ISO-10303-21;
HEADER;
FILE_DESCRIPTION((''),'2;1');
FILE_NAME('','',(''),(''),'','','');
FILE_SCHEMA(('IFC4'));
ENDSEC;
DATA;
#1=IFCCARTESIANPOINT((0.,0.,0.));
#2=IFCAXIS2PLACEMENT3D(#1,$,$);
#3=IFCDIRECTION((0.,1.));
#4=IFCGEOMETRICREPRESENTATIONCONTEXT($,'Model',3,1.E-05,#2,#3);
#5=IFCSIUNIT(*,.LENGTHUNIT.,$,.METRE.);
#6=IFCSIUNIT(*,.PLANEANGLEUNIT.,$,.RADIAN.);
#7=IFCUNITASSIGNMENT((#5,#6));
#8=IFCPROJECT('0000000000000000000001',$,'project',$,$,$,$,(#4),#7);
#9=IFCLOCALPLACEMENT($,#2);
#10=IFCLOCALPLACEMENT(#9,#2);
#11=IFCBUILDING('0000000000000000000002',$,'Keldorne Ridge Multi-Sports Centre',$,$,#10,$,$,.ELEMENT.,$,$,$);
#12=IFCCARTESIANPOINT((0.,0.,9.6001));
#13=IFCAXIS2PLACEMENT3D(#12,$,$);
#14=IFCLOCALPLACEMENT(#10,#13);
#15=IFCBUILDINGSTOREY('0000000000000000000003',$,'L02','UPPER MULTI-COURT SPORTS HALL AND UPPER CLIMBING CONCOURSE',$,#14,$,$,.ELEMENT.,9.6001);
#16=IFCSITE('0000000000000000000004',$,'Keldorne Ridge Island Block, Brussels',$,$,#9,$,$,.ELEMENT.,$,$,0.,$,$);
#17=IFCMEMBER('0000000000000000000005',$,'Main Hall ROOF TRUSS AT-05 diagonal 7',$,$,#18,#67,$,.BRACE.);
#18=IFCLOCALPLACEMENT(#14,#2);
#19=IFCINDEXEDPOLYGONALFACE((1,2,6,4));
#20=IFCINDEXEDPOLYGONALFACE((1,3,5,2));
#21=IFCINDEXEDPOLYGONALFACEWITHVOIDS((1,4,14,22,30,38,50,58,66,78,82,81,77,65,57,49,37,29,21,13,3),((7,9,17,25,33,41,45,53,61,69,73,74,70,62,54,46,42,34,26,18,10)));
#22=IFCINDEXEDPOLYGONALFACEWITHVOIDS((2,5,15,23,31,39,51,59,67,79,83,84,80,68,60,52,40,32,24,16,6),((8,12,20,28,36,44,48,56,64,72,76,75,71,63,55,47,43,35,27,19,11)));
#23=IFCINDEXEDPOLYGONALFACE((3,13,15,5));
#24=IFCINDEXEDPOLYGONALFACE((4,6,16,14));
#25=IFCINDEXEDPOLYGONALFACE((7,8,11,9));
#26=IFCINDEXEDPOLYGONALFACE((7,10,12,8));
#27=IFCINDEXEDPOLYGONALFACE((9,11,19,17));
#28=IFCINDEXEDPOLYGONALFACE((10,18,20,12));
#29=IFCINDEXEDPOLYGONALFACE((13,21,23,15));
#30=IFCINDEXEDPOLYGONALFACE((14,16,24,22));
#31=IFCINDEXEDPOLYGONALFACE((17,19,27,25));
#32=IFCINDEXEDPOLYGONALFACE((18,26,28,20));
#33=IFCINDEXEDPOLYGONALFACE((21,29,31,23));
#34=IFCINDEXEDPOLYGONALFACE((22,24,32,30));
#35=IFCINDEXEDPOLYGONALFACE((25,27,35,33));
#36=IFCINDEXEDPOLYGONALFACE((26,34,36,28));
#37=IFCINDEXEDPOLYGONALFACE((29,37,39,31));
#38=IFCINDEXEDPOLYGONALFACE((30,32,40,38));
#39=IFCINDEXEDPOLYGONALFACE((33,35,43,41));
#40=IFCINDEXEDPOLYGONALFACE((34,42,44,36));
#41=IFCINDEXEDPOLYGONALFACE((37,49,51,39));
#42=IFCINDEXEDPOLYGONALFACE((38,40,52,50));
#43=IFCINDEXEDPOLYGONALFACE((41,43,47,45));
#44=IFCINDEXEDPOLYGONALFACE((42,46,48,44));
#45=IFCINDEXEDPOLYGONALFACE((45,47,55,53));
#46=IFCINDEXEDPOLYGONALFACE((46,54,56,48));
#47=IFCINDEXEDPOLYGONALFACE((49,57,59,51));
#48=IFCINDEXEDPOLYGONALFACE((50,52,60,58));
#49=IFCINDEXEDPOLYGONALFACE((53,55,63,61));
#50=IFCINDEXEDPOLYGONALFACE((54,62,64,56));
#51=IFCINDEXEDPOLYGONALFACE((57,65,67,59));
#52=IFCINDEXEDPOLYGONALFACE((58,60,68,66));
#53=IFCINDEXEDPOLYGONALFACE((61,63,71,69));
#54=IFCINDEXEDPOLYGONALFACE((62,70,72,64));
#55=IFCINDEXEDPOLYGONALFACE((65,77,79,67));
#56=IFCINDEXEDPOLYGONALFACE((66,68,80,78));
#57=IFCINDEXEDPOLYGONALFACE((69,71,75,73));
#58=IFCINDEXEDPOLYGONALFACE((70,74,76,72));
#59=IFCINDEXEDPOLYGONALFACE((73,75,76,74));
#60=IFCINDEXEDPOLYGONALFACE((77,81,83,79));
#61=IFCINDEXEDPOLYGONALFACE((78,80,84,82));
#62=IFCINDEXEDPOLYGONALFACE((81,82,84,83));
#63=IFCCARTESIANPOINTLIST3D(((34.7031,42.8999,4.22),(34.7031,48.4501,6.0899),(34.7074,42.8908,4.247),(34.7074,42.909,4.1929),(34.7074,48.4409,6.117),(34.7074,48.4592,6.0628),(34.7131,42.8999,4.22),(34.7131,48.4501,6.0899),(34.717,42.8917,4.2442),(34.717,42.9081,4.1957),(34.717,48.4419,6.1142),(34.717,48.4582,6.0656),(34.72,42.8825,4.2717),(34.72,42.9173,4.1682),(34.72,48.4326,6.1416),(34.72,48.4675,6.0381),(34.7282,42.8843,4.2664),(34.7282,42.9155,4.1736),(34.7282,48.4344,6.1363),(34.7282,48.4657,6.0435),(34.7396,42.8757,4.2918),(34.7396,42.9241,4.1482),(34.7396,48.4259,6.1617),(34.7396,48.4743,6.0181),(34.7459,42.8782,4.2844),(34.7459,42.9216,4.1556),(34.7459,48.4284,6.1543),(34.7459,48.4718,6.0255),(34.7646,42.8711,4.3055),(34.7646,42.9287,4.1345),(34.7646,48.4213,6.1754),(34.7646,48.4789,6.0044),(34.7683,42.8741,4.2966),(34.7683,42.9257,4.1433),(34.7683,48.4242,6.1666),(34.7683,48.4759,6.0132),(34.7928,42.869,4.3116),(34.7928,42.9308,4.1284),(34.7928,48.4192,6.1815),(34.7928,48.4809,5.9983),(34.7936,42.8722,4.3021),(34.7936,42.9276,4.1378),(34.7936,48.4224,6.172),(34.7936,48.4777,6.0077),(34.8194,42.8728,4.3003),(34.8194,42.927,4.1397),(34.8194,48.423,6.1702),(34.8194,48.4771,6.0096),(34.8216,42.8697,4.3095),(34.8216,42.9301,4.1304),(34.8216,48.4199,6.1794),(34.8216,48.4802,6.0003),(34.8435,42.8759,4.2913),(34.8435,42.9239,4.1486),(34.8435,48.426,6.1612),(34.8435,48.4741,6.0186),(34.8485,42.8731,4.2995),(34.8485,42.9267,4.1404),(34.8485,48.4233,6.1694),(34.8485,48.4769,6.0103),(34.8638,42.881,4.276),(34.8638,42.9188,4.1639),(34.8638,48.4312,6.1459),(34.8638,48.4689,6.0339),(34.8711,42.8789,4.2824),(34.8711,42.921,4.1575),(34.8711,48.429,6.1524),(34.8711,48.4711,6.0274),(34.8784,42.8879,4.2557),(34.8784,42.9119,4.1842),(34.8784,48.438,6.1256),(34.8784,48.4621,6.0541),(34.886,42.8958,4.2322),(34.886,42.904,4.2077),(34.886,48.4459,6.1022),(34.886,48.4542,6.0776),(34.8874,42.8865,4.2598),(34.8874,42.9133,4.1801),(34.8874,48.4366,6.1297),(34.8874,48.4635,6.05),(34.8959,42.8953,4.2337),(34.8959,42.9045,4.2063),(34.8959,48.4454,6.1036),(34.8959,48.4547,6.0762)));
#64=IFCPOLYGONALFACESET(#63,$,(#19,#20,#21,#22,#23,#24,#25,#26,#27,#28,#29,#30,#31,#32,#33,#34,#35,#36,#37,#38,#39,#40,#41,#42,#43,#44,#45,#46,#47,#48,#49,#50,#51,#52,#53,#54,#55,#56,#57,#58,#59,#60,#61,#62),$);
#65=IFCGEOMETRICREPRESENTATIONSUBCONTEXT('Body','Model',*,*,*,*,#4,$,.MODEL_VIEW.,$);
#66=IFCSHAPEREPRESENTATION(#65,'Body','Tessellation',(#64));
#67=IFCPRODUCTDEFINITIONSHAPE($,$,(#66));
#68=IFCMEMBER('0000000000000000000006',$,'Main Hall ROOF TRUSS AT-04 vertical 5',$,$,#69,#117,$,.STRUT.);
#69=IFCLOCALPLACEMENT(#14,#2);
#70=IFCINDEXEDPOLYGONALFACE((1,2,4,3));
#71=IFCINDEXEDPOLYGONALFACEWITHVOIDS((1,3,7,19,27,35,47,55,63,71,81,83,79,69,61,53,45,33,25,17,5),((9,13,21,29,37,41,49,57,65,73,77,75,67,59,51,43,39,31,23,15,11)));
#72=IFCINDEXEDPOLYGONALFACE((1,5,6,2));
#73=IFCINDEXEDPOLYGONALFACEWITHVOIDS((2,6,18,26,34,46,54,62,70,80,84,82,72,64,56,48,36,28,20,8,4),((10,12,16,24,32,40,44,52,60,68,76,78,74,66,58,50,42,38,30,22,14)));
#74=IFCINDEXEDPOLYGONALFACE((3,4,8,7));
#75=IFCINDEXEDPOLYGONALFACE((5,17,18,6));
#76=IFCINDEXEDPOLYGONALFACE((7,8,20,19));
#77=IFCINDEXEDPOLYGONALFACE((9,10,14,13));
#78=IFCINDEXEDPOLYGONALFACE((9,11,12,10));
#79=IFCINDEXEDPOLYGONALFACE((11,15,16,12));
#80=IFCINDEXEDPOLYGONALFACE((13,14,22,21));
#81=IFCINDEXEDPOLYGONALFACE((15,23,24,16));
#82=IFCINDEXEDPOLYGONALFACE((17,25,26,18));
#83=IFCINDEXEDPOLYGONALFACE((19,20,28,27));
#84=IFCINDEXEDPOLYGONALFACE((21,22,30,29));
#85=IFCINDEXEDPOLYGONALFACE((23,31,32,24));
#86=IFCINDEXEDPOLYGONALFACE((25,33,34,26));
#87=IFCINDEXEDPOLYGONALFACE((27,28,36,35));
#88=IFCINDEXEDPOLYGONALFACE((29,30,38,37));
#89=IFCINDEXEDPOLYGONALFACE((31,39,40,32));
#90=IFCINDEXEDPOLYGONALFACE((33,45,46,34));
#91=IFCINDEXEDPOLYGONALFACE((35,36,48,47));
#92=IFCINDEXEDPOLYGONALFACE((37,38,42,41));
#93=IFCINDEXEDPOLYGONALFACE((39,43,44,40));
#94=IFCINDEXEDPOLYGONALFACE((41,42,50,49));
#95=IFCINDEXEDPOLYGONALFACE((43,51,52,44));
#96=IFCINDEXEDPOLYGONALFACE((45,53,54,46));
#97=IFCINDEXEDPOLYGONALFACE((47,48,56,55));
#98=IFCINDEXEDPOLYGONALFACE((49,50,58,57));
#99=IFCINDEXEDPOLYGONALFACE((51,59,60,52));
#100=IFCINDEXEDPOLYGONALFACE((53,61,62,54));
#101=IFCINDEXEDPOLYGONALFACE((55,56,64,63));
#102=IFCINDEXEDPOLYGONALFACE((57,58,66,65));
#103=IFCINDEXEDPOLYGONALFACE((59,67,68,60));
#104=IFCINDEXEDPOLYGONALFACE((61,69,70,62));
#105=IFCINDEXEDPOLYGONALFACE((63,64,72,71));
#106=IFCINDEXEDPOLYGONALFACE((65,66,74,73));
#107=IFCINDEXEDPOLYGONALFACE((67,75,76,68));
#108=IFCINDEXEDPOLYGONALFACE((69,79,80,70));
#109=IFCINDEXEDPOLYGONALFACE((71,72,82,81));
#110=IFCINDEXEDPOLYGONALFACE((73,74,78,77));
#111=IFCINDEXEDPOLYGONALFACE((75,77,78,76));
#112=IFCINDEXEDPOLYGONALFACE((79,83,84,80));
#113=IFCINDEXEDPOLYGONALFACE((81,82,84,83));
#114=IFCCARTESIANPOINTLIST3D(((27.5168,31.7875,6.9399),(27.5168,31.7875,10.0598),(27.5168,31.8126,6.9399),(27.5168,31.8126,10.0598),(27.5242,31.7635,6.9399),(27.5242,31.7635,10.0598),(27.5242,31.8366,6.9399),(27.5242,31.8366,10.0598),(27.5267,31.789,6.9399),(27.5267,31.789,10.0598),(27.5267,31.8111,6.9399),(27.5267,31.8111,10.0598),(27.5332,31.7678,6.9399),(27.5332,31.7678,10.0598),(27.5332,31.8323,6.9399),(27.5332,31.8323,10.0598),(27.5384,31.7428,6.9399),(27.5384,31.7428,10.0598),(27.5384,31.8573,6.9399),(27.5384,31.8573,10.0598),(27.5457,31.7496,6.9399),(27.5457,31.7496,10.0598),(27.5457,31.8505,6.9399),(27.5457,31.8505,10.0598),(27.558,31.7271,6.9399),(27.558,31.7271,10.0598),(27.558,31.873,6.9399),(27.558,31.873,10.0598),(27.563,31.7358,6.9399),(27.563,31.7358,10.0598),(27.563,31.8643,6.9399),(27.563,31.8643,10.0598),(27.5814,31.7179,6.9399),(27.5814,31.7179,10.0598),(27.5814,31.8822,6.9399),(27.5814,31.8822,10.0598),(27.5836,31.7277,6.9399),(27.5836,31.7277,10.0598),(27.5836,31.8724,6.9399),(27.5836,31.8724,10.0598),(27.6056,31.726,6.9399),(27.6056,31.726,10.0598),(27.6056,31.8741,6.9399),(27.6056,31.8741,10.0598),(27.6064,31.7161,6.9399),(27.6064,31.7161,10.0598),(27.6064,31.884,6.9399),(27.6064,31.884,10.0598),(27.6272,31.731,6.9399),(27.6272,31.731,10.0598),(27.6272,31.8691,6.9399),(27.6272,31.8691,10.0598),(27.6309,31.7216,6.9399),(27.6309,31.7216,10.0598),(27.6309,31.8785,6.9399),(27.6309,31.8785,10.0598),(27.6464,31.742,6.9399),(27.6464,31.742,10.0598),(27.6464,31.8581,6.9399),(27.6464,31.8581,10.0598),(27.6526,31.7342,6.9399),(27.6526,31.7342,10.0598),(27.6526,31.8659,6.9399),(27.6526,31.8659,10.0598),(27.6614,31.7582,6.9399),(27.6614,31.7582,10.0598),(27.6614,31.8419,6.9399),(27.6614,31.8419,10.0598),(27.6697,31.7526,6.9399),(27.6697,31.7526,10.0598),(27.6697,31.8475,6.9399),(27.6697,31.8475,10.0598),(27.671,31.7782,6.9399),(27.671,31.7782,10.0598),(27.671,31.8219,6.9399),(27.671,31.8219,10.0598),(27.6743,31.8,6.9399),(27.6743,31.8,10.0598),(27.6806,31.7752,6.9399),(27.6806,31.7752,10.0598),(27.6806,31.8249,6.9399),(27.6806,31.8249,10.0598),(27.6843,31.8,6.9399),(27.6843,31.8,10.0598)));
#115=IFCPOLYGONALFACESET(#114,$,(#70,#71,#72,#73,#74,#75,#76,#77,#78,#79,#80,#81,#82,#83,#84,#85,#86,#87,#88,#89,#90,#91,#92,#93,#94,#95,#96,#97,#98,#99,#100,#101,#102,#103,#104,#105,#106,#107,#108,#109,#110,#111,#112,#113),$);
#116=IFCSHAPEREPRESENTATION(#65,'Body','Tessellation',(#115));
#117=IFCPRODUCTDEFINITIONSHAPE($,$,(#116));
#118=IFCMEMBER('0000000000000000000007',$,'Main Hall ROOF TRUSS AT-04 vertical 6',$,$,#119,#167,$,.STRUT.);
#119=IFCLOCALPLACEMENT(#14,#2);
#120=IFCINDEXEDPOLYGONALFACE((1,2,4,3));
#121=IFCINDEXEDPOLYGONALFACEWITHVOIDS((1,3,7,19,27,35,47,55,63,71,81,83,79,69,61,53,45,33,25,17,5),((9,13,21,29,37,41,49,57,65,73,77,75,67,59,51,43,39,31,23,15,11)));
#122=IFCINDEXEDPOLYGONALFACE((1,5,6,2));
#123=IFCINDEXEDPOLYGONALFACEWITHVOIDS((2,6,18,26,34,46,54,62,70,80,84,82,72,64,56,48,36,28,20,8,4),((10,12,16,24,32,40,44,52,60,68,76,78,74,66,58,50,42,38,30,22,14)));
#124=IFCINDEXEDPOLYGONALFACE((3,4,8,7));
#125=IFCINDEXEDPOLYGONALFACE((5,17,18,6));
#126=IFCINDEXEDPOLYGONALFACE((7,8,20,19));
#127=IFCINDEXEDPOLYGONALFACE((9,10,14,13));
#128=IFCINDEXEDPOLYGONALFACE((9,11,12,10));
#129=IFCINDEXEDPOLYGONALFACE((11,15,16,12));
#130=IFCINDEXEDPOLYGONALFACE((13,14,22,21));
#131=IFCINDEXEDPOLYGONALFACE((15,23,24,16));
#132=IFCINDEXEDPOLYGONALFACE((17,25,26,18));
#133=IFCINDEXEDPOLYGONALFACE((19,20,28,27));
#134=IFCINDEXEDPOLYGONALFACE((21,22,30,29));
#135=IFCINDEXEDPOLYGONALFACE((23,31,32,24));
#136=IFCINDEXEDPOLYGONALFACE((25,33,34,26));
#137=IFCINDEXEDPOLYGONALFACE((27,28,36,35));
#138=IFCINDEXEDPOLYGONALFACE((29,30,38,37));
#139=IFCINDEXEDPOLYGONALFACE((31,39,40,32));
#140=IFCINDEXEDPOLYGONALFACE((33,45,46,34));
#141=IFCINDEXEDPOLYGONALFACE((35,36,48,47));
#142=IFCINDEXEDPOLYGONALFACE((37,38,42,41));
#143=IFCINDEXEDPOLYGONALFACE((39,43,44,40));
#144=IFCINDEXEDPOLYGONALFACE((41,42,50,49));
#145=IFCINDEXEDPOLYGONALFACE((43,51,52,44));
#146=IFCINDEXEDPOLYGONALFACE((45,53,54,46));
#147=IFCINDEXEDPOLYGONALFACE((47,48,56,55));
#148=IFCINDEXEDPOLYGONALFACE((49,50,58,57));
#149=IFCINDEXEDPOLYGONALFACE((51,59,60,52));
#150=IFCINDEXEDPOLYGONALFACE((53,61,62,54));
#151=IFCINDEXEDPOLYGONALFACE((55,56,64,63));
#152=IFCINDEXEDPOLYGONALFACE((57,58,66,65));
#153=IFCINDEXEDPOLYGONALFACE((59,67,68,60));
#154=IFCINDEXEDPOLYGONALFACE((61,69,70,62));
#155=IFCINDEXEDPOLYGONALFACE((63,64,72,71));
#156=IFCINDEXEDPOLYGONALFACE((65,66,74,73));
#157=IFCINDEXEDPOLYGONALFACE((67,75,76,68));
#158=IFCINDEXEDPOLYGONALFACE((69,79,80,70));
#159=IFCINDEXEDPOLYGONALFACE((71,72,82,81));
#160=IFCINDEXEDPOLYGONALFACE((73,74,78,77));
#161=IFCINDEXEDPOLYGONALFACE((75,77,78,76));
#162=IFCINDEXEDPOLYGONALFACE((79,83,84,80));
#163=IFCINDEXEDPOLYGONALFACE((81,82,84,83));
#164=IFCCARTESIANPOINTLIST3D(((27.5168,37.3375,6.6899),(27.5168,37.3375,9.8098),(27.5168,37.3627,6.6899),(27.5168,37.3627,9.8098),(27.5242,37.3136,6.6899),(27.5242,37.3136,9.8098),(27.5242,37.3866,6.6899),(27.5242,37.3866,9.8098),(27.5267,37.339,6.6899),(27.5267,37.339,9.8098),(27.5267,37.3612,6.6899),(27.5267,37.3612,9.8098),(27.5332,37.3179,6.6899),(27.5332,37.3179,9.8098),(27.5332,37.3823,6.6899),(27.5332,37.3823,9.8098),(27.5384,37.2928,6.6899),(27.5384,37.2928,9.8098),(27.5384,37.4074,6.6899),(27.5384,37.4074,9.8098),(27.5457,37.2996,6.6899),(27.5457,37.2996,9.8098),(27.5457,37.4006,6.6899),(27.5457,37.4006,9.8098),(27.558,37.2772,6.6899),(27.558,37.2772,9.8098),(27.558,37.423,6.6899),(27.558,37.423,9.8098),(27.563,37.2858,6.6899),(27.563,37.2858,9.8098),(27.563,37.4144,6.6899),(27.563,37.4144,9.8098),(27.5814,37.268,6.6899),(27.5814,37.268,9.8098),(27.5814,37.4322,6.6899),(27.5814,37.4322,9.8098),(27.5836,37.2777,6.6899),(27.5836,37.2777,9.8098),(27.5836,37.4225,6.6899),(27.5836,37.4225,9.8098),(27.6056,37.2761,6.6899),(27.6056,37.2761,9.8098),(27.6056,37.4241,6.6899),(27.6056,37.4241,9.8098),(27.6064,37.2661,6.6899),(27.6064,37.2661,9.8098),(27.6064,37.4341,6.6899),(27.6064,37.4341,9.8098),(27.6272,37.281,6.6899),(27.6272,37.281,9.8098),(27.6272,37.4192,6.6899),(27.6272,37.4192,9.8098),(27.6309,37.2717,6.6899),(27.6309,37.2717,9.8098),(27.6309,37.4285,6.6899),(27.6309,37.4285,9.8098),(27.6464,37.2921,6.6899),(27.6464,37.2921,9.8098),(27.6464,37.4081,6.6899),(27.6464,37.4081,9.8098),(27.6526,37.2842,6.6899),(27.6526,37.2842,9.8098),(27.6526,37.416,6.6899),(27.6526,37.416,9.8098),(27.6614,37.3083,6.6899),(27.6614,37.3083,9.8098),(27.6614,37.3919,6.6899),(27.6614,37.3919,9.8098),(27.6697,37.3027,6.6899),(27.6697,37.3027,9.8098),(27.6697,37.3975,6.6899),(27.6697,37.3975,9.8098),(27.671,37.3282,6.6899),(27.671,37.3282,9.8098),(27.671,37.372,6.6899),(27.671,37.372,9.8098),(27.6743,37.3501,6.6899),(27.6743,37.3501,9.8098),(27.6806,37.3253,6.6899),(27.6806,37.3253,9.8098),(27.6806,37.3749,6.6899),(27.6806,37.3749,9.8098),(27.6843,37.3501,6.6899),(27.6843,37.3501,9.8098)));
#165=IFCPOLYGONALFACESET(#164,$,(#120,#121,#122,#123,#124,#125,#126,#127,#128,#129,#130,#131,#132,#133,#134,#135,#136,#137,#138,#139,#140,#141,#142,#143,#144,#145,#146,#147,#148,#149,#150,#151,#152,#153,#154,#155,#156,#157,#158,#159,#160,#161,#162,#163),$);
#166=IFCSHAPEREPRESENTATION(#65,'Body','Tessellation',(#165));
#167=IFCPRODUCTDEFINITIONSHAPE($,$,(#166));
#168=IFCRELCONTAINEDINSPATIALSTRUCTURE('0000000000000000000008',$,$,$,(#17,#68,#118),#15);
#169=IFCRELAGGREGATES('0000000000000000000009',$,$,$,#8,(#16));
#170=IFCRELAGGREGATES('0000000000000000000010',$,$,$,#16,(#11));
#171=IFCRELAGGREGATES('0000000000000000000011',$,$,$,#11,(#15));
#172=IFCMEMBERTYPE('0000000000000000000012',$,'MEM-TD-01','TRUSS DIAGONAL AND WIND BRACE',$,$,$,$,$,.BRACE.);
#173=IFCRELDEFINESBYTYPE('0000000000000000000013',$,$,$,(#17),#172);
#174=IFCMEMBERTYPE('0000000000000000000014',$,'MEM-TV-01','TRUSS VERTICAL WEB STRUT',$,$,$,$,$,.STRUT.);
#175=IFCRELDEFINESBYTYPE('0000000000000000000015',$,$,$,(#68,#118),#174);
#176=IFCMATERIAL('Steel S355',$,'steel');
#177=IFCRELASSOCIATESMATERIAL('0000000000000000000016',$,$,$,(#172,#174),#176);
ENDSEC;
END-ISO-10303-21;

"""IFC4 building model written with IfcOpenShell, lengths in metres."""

from ifc_helpers import new_model, si_unit, direction, frame, origin, origin_2d, place, context, subcontext, project, spatial, hollow_circle, extrude, material, material_profile, profile_set, type_object, element, save


model = new_model("IFC4")

# Units and contexts
model_context = context("Model", 3, precision=1e-05, world=origin(), true_north=direction((0.0, 1.0)))
body_context = subcontext(model_context, "Body", "Model", "MODEL_VIEW")
ifc_project = project(units=[si_unit("LENGTHUNIT", "METRE"), si_unit("PLANEANGLEUNIT", "RADIAN")], contexts=[model_context])

# Site, building, storey
site_placement = place(None, origin())
site = spatial("IfcSite", under=ifc_project, at=site_placement, Name="Keldorne Ridge Island Block, Brussels", CompositionType="ELEMENT", RefElevation=0.0)
building_placement = place(site_placement, origin())
building = spatial("IfcBuilding", under=site, at=building_placement, Name="Keldorne Ridge Multi-Sports Centre", CompositionType="ELEMENT")
storey_placement = place(building_placement, frame((0.0, 0.0, 9.6001)))
storey = spatial("IfcBuildingStorey", under=building, at=storey_placement, Name="L02", Description="UPPER MULTI-COURT SPORTS HALL AND UPPER CLIMBING CONCOURSE", CompositionType="ELEMENT", Elevation=9.6001)

# Members
ifc_material = material(Name="Steel S355", Category="steel")
ifc_material_profile_1 = material_profile(ifc_material, hollow_circle(Radius=0.0969, WallThickness=0.01, at=origin_2d()), Name="CHS 193.7x10")
ifc_profile_set_1 = profile_set([ifc_material_profile_1], Name="Steel S355")
member_type_1 = type_object("IfcMemberType", Name="MEM-TD-01", Description="TRUSS DIAGONAL AND WIND BRACE", PredefinedType="BRACE", material=ifc_profile_set_1)
member_1_placement = place(storey_placement, frame((34.8, 42.8999, 4.22), z_axis=(0.0, 0.947661, 0.319278), x_axis=(-1.0, 0.0, 0.0)))
element("IfcMember", 1, at=member_1_placement, inside=storey, type_object=member_type_1, Name="Main Hall ROOF TRUSS AT-05 diagonal 7", PredefinedType="BRACE", context=body_context, shape_type="SweptSolid", body=[
    extrude(hollow_circle(Radius=0.0969, WallThickness=0.01, at=origin_2d()), origin(), (0.0, 0.0, 1.0), 5.8567),
])
ifc_material_profile_2 = material_profile(ifc_material, hollow_circle(Radius=0.0842, WallThickness=0.01, at=origin_2d()), Name="CHS 168.3x10")
ifc_profile_set_2 = profile_set([ifc_material_profile_2], Name="Steel S355")
member_type_2 = type_object("IfcMemberType", Name="MEM-TV-01", Description="TRUSS VERTICAL WEB STRUT", PredefinedType="STRUT", material=ifc_profile_set_2)
for number, where, z_axis, x_axis, name in (
    (2, (27.6001, 31.8, 6.9399), (0.0, 0.0, 1.0), (1.0, 0.0, 0.0), "Main Hall ROOF TRUSS AT-04 vertical 5"),
    (3, (27.6001, 37.3501, 6.6899), (0.0, 0.0, 1.0), (1.0, 0.0, 0.0), "Main Hall ROOF TRUSS AT-04 vertical 6"),
):
    element("IfcMember", number, at=place(storey_placement, frame(where, z_axis=z_axis, x_axis=x_axis)), inside=storey, type_object=member_type_2, Name=name, PredefinedType="STRUT", context=body_context, shape_type="SweptSolid", body=[
        extrude(hollow_circle(Radius=0.0842, WallThickness=0.01, at=origin_2d()), origin(), (0.0, 0.0, 1.0), 3.1199),
    ])

save(model, "model.ifc")
